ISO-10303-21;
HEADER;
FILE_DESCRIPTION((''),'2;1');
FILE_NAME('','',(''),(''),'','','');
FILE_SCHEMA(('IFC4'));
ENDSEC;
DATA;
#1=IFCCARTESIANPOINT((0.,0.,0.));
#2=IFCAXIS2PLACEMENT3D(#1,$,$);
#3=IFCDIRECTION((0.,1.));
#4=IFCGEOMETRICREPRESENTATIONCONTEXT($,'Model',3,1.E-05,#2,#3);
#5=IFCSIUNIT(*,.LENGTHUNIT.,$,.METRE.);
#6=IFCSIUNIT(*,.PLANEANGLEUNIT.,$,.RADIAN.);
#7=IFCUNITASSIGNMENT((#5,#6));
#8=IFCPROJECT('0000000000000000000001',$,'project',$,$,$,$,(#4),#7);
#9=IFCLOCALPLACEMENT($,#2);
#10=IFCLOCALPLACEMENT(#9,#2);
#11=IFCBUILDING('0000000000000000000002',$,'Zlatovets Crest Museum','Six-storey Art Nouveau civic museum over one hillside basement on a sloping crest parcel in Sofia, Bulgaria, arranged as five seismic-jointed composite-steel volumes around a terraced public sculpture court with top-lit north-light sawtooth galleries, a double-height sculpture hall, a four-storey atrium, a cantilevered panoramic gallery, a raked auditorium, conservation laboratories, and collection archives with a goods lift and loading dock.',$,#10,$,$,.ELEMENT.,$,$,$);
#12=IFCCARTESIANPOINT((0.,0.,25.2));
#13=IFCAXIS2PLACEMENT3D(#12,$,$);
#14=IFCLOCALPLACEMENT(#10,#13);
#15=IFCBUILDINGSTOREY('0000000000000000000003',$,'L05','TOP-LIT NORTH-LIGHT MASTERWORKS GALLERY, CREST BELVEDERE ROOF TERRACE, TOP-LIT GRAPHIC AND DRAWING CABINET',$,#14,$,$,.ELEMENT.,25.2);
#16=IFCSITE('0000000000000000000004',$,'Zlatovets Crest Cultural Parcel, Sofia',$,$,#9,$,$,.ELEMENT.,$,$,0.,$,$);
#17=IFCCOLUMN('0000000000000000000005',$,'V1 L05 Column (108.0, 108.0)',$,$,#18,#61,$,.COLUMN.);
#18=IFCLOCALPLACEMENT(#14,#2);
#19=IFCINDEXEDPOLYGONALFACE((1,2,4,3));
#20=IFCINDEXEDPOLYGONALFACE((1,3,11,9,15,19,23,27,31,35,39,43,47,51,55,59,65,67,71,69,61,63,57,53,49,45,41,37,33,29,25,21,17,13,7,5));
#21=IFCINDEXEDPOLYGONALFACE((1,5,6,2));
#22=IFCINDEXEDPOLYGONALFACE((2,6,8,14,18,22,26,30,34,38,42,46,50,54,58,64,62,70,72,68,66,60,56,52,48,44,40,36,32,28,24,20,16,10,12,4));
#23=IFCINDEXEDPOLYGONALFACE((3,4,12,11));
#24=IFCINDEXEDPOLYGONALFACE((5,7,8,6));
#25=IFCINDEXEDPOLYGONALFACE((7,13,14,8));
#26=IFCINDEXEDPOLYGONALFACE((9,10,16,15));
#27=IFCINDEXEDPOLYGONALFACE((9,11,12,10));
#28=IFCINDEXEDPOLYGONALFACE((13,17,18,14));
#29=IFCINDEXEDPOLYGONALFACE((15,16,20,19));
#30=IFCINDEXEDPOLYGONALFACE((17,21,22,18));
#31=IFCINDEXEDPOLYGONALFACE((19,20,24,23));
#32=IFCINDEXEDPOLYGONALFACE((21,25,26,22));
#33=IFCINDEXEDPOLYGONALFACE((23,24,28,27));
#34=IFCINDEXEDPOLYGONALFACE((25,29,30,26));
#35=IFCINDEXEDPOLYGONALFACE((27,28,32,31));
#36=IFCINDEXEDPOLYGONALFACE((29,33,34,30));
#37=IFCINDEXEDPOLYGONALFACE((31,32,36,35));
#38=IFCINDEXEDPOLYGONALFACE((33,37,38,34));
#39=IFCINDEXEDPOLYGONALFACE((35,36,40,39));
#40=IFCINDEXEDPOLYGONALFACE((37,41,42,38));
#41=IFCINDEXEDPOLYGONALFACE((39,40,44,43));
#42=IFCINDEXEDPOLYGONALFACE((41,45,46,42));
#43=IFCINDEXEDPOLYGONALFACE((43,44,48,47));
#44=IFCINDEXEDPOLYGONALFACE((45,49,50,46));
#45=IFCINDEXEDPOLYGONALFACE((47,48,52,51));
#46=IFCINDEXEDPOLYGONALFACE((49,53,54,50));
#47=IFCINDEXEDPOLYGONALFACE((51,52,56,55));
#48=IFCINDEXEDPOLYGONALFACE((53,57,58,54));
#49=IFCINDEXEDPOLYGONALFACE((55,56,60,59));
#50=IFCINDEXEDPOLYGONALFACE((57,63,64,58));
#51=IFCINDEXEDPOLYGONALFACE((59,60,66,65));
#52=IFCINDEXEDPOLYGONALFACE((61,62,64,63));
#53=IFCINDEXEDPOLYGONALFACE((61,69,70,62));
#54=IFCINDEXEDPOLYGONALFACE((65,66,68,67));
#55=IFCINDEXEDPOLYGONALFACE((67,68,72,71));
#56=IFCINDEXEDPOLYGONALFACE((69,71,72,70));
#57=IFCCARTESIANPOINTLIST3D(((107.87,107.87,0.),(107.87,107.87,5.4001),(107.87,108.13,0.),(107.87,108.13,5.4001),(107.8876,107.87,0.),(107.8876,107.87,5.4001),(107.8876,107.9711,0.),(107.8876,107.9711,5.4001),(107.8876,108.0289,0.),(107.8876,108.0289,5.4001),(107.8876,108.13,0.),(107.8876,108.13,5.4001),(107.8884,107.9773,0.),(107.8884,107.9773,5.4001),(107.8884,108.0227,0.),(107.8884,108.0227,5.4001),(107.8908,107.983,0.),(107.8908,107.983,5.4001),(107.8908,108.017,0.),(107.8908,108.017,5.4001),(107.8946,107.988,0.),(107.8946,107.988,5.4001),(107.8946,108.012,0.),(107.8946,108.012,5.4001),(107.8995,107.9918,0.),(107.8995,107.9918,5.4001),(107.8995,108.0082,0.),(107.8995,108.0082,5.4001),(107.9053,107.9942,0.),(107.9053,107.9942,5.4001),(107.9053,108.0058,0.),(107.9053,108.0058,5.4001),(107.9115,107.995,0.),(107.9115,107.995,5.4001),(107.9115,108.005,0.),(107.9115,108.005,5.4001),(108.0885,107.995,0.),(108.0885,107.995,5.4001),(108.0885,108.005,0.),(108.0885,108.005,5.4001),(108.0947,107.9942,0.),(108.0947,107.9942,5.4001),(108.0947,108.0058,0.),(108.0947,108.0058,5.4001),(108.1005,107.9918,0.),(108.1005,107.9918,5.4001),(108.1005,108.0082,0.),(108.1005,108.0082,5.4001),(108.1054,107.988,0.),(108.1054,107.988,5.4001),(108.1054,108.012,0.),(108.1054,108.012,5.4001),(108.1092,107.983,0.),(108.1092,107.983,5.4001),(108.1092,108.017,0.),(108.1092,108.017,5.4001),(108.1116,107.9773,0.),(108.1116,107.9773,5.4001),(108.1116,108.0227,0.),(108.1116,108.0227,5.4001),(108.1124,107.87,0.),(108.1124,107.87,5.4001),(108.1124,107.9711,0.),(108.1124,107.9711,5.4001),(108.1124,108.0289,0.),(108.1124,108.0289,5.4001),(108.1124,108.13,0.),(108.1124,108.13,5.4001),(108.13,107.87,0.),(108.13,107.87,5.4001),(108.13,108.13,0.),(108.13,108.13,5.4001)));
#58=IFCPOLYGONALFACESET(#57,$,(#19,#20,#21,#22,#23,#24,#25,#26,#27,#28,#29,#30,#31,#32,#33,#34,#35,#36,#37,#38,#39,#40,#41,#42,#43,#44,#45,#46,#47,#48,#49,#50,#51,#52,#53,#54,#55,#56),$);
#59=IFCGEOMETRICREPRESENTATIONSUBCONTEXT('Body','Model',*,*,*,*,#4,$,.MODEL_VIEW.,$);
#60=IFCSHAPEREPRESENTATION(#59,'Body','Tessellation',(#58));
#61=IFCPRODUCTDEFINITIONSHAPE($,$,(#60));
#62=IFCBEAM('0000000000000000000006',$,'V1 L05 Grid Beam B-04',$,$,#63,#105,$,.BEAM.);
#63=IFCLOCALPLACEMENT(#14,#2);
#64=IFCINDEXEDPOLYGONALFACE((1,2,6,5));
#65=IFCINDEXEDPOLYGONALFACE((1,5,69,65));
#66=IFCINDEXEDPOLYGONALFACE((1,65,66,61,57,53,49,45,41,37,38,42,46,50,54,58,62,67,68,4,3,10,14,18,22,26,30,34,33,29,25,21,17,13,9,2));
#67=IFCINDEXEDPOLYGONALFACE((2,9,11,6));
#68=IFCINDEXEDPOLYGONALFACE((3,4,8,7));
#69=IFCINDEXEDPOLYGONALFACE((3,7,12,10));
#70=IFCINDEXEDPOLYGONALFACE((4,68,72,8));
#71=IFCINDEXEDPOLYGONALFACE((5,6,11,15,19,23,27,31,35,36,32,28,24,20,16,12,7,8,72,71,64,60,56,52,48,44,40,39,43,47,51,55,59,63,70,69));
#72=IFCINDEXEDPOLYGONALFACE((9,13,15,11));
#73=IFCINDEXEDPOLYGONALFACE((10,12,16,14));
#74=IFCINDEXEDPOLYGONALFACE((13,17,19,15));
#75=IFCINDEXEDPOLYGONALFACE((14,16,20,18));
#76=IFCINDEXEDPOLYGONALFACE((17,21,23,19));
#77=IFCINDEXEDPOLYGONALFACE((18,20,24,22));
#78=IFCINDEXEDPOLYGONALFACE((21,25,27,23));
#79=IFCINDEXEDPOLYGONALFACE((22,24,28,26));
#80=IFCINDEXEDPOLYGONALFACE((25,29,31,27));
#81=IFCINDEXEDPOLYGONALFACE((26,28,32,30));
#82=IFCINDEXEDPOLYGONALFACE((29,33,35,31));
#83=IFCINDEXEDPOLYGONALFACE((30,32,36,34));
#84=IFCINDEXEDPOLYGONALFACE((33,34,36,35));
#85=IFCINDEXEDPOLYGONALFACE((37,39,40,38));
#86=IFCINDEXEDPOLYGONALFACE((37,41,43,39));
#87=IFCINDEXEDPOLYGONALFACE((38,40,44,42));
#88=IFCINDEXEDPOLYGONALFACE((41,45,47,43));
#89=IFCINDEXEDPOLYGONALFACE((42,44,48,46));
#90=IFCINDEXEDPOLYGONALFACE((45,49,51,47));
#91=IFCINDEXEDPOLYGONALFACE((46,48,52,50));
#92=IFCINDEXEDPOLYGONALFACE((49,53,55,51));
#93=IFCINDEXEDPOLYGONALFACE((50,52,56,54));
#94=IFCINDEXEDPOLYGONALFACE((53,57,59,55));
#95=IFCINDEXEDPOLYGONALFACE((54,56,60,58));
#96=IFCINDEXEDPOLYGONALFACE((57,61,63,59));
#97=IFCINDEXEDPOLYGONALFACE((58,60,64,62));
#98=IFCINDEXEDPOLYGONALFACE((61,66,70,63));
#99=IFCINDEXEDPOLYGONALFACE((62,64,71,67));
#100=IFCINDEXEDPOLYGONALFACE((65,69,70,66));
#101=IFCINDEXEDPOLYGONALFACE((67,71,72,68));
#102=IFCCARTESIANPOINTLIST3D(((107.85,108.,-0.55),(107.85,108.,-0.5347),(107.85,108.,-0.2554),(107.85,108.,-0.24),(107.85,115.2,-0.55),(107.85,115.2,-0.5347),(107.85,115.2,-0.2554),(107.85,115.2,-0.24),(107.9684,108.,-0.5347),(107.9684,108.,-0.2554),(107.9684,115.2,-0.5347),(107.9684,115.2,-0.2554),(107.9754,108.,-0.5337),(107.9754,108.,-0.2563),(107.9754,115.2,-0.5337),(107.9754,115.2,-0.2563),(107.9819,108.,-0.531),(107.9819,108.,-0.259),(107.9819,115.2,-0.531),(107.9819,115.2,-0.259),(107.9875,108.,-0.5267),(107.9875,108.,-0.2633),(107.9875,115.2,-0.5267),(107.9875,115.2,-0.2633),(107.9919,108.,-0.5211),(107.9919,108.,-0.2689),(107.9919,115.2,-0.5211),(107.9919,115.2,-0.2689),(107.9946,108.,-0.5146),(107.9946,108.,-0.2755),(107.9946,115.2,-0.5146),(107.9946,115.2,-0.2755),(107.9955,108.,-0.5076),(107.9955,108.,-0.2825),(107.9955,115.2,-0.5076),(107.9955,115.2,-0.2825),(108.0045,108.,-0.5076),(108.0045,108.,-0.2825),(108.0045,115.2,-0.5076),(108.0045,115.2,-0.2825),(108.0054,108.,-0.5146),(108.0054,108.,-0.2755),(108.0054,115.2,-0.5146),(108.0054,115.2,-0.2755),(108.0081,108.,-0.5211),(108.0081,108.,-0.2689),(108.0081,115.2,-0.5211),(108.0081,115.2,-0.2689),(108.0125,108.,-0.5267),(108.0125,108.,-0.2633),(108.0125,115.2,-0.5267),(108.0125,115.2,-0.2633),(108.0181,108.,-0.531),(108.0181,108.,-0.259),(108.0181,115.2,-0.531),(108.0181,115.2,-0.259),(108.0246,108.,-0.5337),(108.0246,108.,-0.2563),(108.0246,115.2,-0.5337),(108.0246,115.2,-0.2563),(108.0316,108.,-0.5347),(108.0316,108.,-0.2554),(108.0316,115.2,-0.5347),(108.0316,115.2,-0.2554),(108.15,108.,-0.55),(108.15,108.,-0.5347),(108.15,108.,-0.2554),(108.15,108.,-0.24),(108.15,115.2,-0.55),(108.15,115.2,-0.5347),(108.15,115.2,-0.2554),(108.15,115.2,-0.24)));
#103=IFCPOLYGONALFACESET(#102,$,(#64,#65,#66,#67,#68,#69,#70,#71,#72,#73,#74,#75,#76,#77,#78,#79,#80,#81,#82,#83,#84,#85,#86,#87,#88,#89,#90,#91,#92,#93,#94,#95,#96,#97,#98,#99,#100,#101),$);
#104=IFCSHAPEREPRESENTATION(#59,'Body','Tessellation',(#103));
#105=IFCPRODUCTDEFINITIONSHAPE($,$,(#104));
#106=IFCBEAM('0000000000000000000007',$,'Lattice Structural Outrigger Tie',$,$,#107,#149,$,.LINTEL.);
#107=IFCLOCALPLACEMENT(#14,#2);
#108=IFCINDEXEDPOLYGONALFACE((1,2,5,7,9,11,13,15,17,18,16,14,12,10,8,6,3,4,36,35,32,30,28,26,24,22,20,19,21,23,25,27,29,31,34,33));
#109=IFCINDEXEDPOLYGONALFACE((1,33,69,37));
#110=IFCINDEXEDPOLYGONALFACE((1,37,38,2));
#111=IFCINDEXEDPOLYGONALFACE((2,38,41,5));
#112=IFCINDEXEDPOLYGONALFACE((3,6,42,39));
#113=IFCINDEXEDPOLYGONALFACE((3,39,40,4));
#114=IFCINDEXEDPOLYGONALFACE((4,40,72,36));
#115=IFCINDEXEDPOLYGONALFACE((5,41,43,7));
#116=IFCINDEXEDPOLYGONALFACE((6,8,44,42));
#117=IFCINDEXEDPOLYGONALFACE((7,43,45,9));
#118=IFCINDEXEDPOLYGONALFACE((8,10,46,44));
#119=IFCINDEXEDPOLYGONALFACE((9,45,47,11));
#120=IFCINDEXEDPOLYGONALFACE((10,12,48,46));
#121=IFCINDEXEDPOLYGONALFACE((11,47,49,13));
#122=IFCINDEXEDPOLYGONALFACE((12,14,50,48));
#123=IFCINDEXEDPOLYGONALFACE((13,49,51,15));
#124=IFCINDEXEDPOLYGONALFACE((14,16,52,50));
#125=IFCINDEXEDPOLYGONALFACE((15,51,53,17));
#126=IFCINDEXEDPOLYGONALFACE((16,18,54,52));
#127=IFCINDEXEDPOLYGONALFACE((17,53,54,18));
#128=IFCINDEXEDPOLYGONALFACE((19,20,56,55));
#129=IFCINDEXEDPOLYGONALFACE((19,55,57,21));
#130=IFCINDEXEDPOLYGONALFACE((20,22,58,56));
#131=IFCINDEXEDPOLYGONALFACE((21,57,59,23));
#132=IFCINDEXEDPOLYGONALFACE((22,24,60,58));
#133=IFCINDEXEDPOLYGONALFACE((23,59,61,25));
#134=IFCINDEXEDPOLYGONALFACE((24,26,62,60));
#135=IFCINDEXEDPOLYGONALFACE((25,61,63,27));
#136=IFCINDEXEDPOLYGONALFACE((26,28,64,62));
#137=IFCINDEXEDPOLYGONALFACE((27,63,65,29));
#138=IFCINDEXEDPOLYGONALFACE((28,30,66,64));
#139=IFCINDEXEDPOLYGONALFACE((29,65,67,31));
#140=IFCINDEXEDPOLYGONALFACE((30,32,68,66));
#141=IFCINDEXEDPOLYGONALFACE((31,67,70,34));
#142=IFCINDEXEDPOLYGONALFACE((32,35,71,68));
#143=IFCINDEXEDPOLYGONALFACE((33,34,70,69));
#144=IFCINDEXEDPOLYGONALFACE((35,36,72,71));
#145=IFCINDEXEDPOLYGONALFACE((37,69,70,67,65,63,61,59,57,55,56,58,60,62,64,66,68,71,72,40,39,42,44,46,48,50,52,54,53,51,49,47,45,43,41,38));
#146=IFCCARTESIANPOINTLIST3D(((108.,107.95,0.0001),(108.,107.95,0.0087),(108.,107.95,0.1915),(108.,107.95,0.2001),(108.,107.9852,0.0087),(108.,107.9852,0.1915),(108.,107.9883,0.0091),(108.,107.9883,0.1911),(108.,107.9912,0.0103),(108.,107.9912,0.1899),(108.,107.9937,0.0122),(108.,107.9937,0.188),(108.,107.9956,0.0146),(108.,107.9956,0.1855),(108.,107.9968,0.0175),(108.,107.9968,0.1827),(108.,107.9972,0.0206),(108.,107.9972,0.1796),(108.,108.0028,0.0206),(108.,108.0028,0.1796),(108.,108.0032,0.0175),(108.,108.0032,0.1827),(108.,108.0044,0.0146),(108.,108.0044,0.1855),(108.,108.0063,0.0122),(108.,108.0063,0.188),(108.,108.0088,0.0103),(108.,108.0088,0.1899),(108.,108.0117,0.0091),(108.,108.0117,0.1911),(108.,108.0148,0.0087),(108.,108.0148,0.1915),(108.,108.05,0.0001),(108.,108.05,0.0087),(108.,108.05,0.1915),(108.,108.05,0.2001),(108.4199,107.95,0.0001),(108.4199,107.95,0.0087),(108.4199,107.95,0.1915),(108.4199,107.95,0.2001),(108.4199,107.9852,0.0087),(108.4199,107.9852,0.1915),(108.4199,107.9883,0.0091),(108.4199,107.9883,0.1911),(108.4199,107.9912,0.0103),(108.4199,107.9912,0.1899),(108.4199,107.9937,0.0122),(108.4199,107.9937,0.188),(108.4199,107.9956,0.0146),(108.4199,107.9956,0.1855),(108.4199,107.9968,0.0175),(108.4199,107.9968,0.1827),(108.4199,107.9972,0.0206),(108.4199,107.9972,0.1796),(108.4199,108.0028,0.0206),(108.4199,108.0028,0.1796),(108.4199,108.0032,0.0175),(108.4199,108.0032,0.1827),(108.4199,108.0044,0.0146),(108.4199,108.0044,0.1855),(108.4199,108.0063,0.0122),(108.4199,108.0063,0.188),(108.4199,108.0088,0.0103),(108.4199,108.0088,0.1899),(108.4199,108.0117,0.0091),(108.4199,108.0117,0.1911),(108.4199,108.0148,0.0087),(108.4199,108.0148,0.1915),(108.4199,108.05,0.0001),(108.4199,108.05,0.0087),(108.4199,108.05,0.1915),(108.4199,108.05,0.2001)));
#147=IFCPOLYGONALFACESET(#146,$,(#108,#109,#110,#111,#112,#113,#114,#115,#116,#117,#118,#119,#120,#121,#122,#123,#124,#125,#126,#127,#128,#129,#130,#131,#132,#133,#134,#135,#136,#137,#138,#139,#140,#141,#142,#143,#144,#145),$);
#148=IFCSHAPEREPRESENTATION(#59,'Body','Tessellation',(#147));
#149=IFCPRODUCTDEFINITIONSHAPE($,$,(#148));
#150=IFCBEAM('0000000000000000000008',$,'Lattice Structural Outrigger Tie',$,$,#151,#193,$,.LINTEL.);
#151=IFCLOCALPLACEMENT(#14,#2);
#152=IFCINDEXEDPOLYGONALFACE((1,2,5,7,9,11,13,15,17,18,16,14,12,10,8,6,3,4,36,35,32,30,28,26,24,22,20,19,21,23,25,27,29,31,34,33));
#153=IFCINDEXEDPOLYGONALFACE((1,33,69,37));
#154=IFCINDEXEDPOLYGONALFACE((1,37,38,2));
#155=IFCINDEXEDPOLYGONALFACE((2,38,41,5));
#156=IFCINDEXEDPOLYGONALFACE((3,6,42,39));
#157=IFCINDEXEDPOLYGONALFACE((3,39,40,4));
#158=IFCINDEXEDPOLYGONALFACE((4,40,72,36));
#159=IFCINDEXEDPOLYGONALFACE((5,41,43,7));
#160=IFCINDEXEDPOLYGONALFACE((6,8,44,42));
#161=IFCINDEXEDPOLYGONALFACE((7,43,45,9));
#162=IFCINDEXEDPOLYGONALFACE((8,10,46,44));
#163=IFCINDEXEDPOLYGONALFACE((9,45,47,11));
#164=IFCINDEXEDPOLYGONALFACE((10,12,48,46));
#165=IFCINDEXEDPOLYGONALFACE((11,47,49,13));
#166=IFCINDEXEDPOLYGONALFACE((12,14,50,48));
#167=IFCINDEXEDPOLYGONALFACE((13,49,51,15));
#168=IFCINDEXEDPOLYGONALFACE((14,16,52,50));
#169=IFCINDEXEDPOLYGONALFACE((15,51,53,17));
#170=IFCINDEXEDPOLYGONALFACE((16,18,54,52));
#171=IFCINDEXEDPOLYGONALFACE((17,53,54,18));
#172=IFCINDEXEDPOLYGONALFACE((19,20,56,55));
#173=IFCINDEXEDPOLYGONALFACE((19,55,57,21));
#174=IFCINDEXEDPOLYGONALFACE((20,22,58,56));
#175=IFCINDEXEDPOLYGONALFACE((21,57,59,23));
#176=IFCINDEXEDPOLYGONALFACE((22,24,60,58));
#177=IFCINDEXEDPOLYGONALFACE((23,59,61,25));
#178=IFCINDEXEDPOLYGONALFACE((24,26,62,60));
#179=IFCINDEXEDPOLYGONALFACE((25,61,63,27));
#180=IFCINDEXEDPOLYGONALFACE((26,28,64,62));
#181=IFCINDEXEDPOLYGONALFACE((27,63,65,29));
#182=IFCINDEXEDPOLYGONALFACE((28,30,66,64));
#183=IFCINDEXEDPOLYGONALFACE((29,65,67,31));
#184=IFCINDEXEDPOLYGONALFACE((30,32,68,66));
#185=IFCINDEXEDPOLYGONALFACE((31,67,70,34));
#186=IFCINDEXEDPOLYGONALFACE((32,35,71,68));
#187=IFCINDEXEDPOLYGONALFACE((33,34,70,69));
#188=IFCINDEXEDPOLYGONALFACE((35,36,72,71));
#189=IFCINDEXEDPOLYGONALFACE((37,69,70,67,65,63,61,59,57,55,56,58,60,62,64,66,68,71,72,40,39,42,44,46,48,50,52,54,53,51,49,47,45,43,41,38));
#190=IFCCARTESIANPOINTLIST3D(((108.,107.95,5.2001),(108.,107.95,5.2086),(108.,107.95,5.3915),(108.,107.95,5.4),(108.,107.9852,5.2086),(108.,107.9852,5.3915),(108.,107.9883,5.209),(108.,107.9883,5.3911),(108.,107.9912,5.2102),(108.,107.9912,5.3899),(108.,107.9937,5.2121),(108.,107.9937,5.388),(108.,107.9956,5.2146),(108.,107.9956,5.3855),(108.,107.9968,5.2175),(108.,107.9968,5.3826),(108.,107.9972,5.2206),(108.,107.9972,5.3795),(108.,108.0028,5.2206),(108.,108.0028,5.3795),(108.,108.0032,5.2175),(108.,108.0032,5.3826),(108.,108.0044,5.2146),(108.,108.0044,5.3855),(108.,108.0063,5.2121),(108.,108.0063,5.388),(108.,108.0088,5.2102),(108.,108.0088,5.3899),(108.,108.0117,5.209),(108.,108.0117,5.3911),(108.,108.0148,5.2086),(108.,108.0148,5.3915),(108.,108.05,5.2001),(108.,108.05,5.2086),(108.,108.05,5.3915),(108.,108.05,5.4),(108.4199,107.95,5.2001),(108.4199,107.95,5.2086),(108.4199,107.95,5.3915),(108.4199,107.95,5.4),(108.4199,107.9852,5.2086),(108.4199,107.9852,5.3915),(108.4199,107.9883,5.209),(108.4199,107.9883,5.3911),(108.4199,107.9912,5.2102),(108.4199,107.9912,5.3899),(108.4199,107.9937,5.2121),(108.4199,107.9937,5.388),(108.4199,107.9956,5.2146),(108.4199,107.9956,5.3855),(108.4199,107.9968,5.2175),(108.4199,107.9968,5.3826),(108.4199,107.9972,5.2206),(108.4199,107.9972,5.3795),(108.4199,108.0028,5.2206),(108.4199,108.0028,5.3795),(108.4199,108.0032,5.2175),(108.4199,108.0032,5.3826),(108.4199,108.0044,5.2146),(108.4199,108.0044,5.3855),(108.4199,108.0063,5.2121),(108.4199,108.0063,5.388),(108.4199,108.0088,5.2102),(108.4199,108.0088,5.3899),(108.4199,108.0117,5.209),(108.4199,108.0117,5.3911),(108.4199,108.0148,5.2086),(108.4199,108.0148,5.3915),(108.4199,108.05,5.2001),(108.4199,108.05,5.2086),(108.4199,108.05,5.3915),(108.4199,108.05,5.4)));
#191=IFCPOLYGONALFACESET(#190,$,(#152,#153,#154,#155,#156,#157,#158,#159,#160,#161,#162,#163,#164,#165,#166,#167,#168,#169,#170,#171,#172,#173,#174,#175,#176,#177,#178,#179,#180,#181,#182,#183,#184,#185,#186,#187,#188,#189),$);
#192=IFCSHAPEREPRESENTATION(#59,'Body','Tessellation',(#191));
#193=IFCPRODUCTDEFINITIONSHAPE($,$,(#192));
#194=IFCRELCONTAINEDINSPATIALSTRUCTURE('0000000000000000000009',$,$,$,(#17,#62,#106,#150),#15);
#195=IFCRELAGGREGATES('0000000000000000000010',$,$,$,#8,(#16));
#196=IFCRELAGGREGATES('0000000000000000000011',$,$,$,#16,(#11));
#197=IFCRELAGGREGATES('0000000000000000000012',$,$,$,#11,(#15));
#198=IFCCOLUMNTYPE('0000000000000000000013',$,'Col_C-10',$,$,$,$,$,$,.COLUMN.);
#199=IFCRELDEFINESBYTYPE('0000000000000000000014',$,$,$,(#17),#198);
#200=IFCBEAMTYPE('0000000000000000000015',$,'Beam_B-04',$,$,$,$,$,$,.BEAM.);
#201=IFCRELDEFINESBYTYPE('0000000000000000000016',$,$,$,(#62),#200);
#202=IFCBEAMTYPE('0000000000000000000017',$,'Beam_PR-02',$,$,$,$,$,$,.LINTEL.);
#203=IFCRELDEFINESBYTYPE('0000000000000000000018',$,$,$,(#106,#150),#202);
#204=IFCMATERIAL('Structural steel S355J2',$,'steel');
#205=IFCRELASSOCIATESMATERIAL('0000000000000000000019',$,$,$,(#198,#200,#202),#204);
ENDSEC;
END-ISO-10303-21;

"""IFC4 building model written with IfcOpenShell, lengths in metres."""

from ifc_helpers import new_model, si_unit, direction, frame, origin, origin_2d, place, context, subcontext, project, spatial, i_section, extrude, material, material_profile, profile_set, type_object, element, save


model = new_model("IFC4")

# Units and contexts
model_context = context("Model", 3, precision=1e-05, world=origin(), true_north=direction((0.0, 1.0)))
body_context = subcontext(model_context, "Body", "Model", "MODEL_VIEW")
ifc_project = project(units=[si_unit("LENGTHUNIT", "METRE"), si_unit("PLANEANGLEUNIT", "RADIAN")], contexts=[model_context])

# Site, building, storey
site_placement = place(None, origin())
site = spatial("IfcSite", under=ifc_project, at=site_placement, Name="Zlatovets Crest Cultural Parcel, Sofia", CompositionType="ELEMENT", RefElevation=0.0)
building_placement = place(site_placement, origin())
building = spatial("IfcBuilding", under=site, at=building_placement, Name="Zlatovets Crest Museum", Description="Six-storey Art Nouveau civic museum over one hillside basement on a sloping crest parcel in Sofia, Bulgaria, arranged as five seismic-jointed composite-steel volumes around a terraced public sculpture court with top-lit north-light sawtooth galleries, a double-height sculpture hall, a four-storey atrium, a cantilevered panoramic gallery, a raked auditorium, conservation laboratories, and collection archives with a goods lift and loading dock.", CompositionType="ELEMENT")
storey_placement = place(building_placement, frame((0.0, 0.0, 25.2)))
storey = spatial("IfcBuildingStorey", under=building, at=storey_placement, Name="L05", Description="TOP-LIT NORTH-LIGHT MASTERWORKS GALLERY, CREST BELVEDERE ROOF TERRACE, TOP-LIT GRAPHIC AND DRAWING CABINET", CompositionType="ELEMENT", Elevation=25.2)

# Column
ifc_material_1 = material(Name="Structural steel S355J2", Category="steel")
ifc_material_profile_1 = material_profile(ifc_material_1, i_section(OverallWidth=0.26, OverallDepth=0.26, WebThickness=0.01, FlangeThickness=0.0176, FilletRadius=0.0239, at=origin_2d()), Name="HEB 260")
ifc_profile_set_1 = profile_set([ifc_material_profile_1], Name="Structural steel S355J2")
column_type = type_object("IfcColumnType", Name="Col_C-10", PredefinedType="COLUMN", material=ifc_profile_set_1)
column_placement = place(storey_placement, frame((108.0, 108.0, 0.0), z_axis=(0.0, 0.0, 1.0), x_axis=(0.0, 1.0, 0.0)))
element("IfcColumn", 1, at=column_placement, inside=storey, type_object=column_type, Name="V1 L05 Column (108.0, 108.0)", PredefinedType="COLUMN", context=body_context, shape_type="SweptSolid", body=[
    extrude(i_section(OverallWidth=0.26, OverallDepth=0.26, WebThickness=0.01, FlangeThickness=0.0176, FilletRadius=0.0239, at=origin_2d()), origin(), (0.0, 0.0, 1.0), 5.4001),
])

# Beams
ifc_material_profile_2 = material_profile(ifc_material_1, i_section(OverallWidth=0.3, OverallDepth=0.3101, WebThickness=0.009, FlangeThickness=0.0154, FilletRadius=0.0271, at=origin_2d()), Name="HEA 320")
ifc_profile_set_2 = profile_set([ifc_material_profile_2], Name="Structural steel S355J2")
beam_type_1 = type_object("IfcBeamType", Name="Beam_B-04", PredefinedType="BEAM", material=ifc_profile_set_2)
beam_placement = place(storey_placement, frame((108.0, 108.0, -0.395), z_axis=(0.0, 1.0, 0.0), x_axis=(-1.0, 0.0, 0.0)))
element("IfcBeam", 2, at=beam_placement, inside=storey, type_object=beam_type_1, Name="V1 L05 Grid Beam B-04", PredefinedType="BEAM", context=body_context, shape_type="SweptSolid", body=[
    extrude(i_section(OverallWidth=0.3, OverallDepth=0.3101, WebThickness=0.009, FlangeThickness=0.0154, FilletRadius=0.0271, at=origin_2d()), origin(), (0.0, 0.0, 1.0), 7.2),
])
ifc_material_profile_3 = material_profile(ifc_material_1, i_section(OverallWidth=0.1001, OverallDepth=0.2, WebThickness=0.0056, FlangeThickness=0.0085, FilletRadius=0.012, at=origin_2d()), Name="IPE 200")
ifc_profile_set_3 = profile_set([ifc_material_profile_3], Name="Structural steel S355J2")
beam_type_2 = type_object("IfcBeamType", Name="Beam_PR-02", PredefinedType="LINTEL", material=ifc_profile_set_3)
for number, where, z_axis, x_axis, name in (
    (3, (108.0, 108.0, 0.1001), (1.0, 0.0, 0.0), (0.0, 1.0, 0.0), "Lattice Structural Outrigger Tie"),
    (4, (108.0, 108.0, 5.3), (1.0, 0.0, 0.0), (0.0, 1.0, 0.0), "Lattice Structural Outrigger Tie"),
):
    element("IfcBeam", number, at=place(storey_placement, frame(where, z_axis=z_axis, x_axis=x_axis)), inside=storey, type_object=beam_type_2, Name=name, PredefinedType="LINTEL", context=body_context, shape_type="SweptSolid", body=[
        extrude(i_section(OverallWidth=0.1001, OverallDepth=0.2, WebThickness=0.0056, FlangeThickness=0.0085, FilletRadius=0.012, at=origin_2d()), origin(), (0.0, 0.0, 1.0), 0.4199),
    ])

save(model, "model.ifc")
